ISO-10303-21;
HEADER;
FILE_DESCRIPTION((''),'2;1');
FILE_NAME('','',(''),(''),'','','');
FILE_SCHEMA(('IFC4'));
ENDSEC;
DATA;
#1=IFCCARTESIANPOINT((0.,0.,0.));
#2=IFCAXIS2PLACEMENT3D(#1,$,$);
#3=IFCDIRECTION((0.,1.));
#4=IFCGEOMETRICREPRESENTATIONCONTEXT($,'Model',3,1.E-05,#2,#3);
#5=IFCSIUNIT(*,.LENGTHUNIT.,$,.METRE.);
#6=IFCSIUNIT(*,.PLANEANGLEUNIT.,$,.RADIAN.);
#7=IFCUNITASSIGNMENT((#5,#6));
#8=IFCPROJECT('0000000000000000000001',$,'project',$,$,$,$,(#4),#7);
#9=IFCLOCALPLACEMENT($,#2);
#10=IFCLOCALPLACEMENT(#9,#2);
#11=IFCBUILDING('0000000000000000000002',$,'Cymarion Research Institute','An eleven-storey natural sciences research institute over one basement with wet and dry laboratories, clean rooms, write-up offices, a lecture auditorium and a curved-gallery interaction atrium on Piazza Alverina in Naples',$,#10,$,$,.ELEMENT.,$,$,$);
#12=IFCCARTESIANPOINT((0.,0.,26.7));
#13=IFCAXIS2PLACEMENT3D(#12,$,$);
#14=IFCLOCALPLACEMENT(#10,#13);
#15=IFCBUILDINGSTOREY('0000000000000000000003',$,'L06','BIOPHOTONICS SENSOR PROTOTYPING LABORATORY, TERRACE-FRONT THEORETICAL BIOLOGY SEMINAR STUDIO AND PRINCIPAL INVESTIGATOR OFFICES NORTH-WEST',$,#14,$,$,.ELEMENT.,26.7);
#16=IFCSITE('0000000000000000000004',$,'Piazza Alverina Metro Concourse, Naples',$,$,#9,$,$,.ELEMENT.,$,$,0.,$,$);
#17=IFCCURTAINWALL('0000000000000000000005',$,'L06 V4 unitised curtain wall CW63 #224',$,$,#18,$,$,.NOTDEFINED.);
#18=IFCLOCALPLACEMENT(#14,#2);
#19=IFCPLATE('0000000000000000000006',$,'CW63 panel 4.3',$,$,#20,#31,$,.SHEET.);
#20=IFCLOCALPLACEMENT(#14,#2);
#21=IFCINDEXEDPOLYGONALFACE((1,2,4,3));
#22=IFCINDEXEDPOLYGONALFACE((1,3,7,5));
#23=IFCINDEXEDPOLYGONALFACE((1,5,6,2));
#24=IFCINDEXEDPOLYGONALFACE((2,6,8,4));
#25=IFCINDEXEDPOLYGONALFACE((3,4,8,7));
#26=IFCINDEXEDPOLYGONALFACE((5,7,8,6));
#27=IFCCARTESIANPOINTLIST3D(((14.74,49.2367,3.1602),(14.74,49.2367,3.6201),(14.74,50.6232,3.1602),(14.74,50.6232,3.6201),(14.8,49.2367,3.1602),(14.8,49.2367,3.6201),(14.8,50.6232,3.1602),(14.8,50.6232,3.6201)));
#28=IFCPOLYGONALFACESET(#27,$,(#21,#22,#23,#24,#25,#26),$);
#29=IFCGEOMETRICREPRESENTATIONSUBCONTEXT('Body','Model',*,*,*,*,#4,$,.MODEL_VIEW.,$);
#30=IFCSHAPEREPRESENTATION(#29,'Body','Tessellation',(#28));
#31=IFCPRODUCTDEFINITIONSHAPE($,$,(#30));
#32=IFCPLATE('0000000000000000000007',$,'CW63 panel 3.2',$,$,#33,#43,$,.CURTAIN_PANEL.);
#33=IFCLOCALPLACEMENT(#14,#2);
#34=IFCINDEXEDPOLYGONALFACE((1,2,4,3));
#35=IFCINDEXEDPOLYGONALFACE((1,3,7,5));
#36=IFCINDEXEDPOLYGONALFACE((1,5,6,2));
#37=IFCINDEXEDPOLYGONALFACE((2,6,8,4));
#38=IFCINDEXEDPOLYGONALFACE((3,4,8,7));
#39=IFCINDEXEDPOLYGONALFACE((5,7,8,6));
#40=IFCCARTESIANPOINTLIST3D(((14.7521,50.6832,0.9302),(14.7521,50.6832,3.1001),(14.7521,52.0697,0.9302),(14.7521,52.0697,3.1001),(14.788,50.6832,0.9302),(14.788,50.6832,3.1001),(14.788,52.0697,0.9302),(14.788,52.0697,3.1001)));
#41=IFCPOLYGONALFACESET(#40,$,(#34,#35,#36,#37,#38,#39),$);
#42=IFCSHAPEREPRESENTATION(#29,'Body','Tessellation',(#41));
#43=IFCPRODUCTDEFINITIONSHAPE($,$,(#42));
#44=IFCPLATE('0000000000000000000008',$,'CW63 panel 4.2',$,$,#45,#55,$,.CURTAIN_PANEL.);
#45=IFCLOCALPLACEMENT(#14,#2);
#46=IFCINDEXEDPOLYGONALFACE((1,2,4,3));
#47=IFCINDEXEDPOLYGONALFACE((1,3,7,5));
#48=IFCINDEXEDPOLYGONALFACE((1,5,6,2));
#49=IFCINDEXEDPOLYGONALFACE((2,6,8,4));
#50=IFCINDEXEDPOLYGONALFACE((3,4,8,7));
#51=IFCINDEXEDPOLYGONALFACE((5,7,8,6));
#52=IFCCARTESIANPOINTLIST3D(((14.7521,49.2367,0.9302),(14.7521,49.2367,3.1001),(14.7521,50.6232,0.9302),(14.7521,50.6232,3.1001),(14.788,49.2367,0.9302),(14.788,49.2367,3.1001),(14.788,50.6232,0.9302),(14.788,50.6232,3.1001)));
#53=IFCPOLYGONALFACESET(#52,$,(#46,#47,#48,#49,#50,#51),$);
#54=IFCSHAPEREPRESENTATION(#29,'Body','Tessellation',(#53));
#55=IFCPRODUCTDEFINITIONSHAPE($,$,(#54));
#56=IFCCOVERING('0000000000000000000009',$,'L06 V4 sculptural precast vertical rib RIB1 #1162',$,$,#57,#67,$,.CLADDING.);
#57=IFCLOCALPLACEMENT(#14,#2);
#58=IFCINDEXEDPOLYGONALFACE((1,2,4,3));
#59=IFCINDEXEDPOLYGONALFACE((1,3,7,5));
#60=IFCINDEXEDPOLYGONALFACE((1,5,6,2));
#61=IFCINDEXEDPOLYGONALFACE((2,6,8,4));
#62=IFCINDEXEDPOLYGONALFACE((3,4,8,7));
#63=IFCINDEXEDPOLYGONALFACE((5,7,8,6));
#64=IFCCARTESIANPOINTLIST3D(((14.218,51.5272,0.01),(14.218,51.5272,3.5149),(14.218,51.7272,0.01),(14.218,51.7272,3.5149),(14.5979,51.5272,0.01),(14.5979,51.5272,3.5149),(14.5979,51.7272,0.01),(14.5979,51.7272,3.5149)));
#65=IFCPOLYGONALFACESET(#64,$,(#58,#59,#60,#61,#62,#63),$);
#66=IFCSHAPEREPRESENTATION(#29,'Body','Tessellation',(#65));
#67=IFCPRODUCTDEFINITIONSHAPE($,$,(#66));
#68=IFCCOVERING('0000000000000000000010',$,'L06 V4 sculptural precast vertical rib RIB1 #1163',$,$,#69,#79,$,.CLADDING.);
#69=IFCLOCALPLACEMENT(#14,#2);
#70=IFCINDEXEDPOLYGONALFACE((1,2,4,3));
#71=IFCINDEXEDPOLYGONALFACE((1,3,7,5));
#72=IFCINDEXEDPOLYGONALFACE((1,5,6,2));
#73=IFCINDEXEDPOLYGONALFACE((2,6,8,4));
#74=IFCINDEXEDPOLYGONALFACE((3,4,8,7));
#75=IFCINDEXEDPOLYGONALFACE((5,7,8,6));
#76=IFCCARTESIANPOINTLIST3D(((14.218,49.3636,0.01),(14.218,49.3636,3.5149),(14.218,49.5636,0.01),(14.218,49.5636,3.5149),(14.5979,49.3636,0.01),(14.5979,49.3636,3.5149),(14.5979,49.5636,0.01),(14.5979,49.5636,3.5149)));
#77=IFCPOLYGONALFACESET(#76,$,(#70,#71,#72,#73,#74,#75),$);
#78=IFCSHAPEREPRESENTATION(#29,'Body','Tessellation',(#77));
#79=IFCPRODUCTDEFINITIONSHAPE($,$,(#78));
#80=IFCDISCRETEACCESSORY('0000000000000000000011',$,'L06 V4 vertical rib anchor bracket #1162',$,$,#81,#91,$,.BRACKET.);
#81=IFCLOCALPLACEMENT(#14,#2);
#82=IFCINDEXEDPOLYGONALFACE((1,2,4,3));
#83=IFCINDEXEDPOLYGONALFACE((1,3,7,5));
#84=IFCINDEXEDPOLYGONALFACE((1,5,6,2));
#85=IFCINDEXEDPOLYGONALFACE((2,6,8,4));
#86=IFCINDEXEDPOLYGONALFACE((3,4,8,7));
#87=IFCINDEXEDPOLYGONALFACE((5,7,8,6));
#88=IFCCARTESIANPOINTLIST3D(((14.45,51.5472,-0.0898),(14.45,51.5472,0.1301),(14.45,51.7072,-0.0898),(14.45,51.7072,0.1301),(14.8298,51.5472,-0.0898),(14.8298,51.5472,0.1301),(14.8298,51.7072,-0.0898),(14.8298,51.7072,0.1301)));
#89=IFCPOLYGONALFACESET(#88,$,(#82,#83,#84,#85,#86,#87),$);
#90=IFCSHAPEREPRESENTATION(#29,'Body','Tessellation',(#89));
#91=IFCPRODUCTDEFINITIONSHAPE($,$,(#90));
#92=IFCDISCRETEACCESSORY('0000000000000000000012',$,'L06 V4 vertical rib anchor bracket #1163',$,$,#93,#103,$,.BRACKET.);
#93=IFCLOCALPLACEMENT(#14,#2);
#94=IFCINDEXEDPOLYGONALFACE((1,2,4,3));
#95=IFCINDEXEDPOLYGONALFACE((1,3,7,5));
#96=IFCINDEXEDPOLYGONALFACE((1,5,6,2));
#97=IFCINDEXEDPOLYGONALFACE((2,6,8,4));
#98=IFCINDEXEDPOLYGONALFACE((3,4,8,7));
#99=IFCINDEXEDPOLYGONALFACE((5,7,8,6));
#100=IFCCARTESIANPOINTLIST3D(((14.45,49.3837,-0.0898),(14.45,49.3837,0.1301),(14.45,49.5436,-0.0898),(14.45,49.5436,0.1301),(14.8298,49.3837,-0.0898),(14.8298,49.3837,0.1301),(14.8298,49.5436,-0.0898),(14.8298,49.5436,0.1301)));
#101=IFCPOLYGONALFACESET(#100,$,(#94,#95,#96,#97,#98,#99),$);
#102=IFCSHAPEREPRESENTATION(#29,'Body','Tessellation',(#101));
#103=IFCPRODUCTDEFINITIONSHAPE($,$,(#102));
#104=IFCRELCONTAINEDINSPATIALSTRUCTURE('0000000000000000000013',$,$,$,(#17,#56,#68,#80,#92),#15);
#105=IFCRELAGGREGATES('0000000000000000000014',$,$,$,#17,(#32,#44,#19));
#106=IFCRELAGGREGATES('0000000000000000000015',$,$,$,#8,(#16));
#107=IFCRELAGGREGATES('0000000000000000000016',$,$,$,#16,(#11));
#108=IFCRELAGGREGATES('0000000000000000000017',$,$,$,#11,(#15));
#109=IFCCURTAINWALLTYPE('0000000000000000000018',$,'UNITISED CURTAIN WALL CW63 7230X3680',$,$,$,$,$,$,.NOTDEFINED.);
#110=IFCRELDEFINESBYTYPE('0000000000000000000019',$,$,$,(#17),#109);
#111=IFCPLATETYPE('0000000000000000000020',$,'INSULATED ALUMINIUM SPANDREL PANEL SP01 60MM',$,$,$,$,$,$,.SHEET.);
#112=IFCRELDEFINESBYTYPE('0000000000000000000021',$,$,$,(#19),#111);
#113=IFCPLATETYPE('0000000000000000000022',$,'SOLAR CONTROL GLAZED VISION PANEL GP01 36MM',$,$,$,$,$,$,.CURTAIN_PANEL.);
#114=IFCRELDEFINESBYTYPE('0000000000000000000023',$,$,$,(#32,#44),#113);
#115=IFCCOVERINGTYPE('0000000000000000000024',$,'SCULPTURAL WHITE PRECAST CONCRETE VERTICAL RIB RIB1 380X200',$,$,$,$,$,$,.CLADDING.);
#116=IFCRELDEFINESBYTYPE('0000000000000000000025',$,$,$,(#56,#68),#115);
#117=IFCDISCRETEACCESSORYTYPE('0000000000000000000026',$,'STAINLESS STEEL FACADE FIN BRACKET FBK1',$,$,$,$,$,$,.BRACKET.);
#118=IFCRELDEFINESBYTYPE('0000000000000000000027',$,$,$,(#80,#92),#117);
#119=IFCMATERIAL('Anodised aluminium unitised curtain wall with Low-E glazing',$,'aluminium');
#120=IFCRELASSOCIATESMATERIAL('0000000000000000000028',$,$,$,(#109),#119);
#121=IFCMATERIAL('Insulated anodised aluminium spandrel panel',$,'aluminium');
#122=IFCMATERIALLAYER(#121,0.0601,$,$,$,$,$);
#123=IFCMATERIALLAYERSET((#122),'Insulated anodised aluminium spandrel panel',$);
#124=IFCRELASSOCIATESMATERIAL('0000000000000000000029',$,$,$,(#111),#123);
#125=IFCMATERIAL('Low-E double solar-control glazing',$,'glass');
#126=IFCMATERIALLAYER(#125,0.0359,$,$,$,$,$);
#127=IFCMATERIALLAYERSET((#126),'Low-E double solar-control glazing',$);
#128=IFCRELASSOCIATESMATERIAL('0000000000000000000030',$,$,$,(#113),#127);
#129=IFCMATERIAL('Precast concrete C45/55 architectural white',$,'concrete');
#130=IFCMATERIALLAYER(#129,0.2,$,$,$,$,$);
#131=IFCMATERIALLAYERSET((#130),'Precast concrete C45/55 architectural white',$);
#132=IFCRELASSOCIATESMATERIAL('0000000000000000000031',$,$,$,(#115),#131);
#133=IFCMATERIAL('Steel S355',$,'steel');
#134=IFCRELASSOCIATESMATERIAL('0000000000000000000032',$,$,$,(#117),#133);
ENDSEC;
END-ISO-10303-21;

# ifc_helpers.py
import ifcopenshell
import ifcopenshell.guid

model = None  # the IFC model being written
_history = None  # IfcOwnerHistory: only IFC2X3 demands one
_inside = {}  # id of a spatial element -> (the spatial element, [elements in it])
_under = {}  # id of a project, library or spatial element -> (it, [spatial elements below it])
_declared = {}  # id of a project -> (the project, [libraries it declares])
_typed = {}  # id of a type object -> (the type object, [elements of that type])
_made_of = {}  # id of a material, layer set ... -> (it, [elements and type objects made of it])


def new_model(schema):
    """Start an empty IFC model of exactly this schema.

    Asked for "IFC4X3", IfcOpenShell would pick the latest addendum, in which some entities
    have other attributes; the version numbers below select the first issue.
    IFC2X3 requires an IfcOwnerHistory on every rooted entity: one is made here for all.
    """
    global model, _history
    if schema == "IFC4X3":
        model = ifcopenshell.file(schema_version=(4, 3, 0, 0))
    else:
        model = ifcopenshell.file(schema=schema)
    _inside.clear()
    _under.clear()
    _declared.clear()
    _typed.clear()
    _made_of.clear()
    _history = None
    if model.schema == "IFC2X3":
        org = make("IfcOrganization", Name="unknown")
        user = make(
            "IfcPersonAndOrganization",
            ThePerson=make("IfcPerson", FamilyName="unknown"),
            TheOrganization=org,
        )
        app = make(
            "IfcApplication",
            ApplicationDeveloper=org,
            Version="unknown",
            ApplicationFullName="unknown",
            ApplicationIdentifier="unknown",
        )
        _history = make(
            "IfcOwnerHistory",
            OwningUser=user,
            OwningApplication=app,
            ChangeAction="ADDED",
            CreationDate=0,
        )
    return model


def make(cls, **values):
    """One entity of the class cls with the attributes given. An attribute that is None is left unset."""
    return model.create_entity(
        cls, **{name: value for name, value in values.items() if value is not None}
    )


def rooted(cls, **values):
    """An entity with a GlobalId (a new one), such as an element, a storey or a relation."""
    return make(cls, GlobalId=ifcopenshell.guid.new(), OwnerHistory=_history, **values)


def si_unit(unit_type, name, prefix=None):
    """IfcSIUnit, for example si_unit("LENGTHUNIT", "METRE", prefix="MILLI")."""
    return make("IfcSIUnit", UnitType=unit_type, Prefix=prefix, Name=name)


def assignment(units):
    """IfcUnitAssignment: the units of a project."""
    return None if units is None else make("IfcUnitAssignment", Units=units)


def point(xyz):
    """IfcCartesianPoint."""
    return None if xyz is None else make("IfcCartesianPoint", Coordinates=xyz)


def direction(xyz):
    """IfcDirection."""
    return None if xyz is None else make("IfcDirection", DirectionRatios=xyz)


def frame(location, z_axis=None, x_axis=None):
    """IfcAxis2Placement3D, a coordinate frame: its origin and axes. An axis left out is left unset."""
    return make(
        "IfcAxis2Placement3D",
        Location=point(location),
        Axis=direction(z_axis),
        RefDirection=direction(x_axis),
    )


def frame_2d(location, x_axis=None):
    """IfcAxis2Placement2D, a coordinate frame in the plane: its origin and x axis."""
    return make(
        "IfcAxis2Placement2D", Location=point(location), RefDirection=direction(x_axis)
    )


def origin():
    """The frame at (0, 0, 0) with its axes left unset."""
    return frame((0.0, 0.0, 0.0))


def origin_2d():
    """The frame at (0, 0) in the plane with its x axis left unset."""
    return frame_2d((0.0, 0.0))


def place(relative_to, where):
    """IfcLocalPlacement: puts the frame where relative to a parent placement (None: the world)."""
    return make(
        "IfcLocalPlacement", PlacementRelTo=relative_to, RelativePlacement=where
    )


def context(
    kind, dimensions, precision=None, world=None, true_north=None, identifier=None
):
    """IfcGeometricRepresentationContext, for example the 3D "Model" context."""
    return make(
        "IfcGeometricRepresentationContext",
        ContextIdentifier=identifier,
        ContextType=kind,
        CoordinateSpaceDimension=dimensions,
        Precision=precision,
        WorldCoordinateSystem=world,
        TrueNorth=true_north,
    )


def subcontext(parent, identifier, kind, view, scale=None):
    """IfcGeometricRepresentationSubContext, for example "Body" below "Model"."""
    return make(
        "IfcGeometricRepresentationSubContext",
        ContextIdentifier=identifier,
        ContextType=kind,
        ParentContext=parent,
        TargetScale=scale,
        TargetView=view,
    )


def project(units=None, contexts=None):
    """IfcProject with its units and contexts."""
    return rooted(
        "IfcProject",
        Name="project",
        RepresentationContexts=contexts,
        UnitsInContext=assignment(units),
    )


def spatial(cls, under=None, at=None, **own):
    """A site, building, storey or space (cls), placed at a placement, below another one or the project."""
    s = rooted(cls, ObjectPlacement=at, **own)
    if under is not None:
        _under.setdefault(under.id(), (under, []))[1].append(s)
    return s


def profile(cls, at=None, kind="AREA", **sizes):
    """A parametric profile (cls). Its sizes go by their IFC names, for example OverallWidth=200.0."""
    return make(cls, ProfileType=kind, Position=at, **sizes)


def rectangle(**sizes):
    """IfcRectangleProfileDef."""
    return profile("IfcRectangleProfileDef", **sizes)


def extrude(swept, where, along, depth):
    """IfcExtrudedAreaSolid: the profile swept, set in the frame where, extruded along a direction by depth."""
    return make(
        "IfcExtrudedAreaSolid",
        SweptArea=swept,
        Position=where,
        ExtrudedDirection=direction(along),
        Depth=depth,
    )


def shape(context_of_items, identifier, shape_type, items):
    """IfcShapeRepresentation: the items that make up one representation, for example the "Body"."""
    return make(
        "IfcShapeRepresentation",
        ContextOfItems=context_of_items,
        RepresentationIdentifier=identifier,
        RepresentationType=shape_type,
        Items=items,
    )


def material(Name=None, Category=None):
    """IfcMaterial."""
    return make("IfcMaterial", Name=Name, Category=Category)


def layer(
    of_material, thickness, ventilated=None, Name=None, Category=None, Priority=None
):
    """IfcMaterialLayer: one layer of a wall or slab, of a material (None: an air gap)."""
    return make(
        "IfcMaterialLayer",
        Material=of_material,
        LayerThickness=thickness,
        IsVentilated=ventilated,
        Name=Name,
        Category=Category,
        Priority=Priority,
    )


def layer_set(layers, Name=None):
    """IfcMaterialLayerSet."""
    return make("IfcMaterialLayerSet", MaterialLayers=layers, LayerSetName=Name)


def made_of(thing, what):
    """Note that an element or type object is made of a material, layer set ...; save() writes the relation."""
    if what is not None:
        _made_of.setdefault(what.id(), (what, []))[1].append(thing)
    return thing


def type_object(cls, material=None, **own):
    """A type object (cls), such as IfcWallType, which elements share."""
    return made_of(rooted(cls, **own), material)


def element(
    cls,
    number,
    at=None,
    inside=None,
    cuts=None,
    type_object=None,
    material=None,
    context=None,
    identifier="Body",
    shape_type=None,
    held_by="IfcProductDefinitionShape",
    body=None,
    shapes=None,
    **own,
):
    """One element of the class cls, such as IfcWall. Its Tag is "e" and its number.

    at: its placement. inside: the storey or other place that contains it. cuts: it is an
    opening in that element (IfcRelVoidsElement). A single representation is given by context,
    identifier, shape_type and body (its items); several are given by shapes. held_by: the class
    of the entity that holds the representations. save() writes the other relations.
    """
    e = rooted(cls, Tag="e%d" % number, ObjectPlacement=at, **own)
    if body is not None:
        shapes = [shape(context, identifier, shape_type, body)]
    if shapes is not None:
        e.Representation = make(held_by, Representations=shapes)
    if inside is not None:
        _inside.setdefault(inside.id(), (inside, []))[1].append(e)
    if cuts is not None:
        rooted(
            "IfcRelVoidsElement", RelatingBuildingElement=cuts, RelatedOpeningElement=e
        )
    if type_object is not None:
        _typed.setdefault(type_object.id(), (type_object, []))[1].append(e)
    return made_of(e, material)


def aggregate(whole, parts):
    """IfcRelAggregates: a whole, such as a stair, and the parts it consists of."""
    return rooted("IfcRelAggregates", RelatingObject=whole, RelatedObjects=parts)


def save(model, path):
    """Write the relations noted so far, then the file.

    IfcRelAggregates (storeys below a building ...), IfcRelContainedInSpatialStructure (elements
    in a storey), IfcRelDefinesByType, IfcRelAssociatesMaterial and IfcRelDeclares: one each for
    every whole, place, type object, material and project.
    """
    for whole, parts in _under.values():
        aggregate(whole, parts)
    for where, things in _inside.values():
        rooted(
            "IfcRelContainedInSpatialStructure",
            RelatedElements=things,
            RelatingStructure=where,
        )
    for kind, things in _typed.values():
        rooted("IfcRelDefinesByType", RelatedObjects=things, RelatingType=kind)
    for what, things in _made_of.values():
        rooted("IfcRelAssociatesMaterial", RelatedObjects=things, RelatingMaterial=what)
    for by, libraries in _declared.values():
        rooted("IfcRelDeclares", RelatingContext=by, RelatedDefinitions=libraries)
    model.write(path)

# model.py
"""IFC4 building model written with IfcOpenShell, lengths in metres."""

from ifc_helpers import new_model, si_unit, direction, frame, origin, origin_2d, place, context, subcontext, project, spatial, rectangle, extrude, material, layer, layer_set, type_object, element, aggregate, save


model = new_model("IFC4")

# Units and contexts
model_context = context("Model", 3, precision=1e-05, world=origin(), true_north=direction((0.0, 1.0)))
body_context = subcontext(model_context, "Body", "Model", "MODEL_VIEW")
ifc_project = project(units=[si_unit("LENGTHUNIT", "METRE"), si_unit("PLANEANGLEUNIT", "RADIAN")], contexts=[model_context])

# Site, building, storey
site_placement = place(None, origin())
site = spatial("IfcSite", under=ifc_project, at=site_placement, Name="Piazza Alverina Metro Concourse, Naples", CompositionType="ELEMENT", RefElevation=0.0)
building_placement = place(site_placement, origin())
building = spatial("IfcBuilding", under=site, at=building_placement, Name="Cymarion Research Institute", Description="An eleven-storey natural sciences research institute over one basement with wet and dry laboratories, clean rooms, write-up offices, a lecture auditorium and a curved-gallery interaction atrium on Piazza Alverina in Naples", CompositionType="ELEMENT")
storey_placement = place(building_placement, frame((0.0, 0.0, 26.7)))
storey = spatial("IfcBuildingStorey", under=building, at=storey_placement, Name="L06", Description="BIOPHOTONICS SENSOR PROTOTYPING LABORATORY, TERRACE-FRONT THEORETICAL BIOLOGY SEMINAR STUDIO AND PRINCIPAL INVESTIGATOR OFFICES NORTH-WEST", CompositionType="ELEMENT", Elevation=26.7)

# Curtain wall, plates
ifc_material_1 = material(Name="Anodised aluminium unitised curtain wall with Low-E glazing", Category="aluminium")
curtain_wall_type = type_object("IfcCurtainWallType", Name="UNITISED CURTAIN WALL CW63 7230X3680", PredefinedType="NOTDEFINED", material=ifc_material_1)
curtain_wall_placement = place(storey_placement, origin())
curtain_wall = element("IfcCurtainWall", 1, at=curtain_wall_placement, inside=storey, type_object=curtain_wall_type, Name="L06 V4 unitised curtain wall CW63 #224", PredefinedType="NOTDEFINED")
ifc_material_2 = material(Name="Insulated anodised aluminium spandrel panel", Category="aluminium")
ifc_layer_1 = layer(ifc_material_2, 0.0601)
ifc_layer_set_1 = layer_set([ifc_layer_1], Name="Insulated anodised aluminium spandrel panel")
plate_type_1 = type_object("IfcPlateType", Name="INSULATED ALUMINIUM SPANDREL PANEL SP01 60MM", PredefinedType="SHEET", material=ifc_layer_set_1)
plate_1_placement = place(storey_placement, frame((14.77, 49.9299, 3.1602), z_axis=(0.0, 0.0, 1.0), x_axis=(0.0, -1.0, 0.0)))
plate_1 = element("IfcPlate", 2, at=plate_1_placement, type_object=plate_type_1, Name="CW63 panel 4.3", PredefinedType="SHEET", context=body_context, shape_type="SweptSolid", body=[
    extrude(rectangle(XDim=1.3865, YDim=0.0601, at=origin_2d()), origin(), (0.0, 0.0, 1.0), 0.46),
])
ifc_material_3 = material(Name="Low-E double solar-control glazing", Category="glass")
ifc_layer_2 = layer(ifc_material_3, 0.0359)
ifc_layer_set_2 = layer_set([ifc_layer_2], Name="Low-E double solar-control glazing")
plate_type_2 = type_object("IfcPlateType", Name="SOLAR CONTROL GLAZED VISION PANEL GP01 36MM", PredefinedType="CURTAIN_PANEL", material=ifc_layer_set_2)
plate_2_placement = place(storey_placement, frame((14.77, 51.3765, 0.9302), z_axis=(0.0, 0.0, 1.0), x_axis=(0.0, -1.0, 0.0)))
plate_2 = element("IfcPlate", 3, at=plate_2_placement, type_object=plate_type_2, Name="CW63 panel 3.2", PredefinedType="CURTAIN_PANEL", context=body_context, shape_type="SweptSolid", body=[
    extrude(rectangle(XDim=1.3865, YDim=0.0359, at=origin_2d()), origin(), (0.0, 0.0, 1.0), 2.1699),
])
plate_3_placement = place(storey_placement, frame((14.77, 49.9299, 0.9302), z_axis=(0.0, 0.0, 1.0), x_axis=(0.0, -1.0, 0.0)))
plate_3 = element("IfcPlate", 4, at=plate_3_placement, type_object=plate_type_2, Name="CW63 panel 4.2", PredefinedType="CURTAIN_PANEL", context=body_context, shape_type="SweptSolid", body=[
    extrude(rectangle(XDim=1.3865, YDim=0.0359, at=origin_2d()), origin(), (0.0, 0.0, 1.0), 2.1699),
])
aggregate(curtain_wall, [plate_2, plate_3, plate_1])

# Coverings
ifc_material_4 = material(Name="Precast concrete C45/55 architectural white", Category="concrete")
ifc_layer_3 = layer(ifc_material_4, 0.2)
ifc_layer_set_3 = layer_set([ifc_layer_3], Name="Precast concrete C45/55 architectural white")
covering_type = type_object("IfcCoveringType", Name="SCULPTURAL WHITE PRECAST CONCRETE VERTICAL RIB RIB1 380X200", PredefinedType="CLADDING", material=ifc_layer_set_3)
for number, where, z_axis, x_axis, name in (
    (5, (14.408, 51.6272, 0.01), (0.0, 0.0, 1.0), (-1.0, 0.0, 0.0), "L06 V4 sculptural precast vertical rib RIB1 #1162"),
    (6, (14.408, 49.4636, 0.01), (0.0, 0.0, 1.0), (-1.0, 0.0, 0.0), "L06 V4 sculptural precast vertical rib RIB1 #1163"),
):
    element("IfcCovering", number, at=place(storey_placement, frame(where, z_axis=z_axis, x_axis=x_axis)), inside=storey, type_object=covering_type, Name=name, PredefinedType="CLADDING", context=body_context, shape_type="SweptSolid", body=[
        extrude(rectangle(XDim=0.3799, YDim=0.2, at=origin_2d()), origin(), (0.0, 0.0, 1.0), 3.5049),
    ])

# Discrete accessories
ifc_material_5 = material(Name="Steel S355", Category="steel")
discrete_accessory_type = type_object("IfcDiscreteAccessoryType", Name="STAINLESS STEEL FACADE FIN BRACKET FBK1", PredefinedType="BRACKET", material=ifc_material_5)
for number, where, z_axis, x_axis, name in (
    (7, (14.6399, 51.6272, -0.0898), (0.0, 0.0, 1.0), (-1.0, 0.0, 0.0), "L06 V4 vertical rib anchor bracket #1162"),
    (8, (14.6399, 49.4636, -0.0898), (0.0, 0.0, 1.0), (-1.0, 0.0, 0.0), "L06 V4 vertical rib anchor bracket #1163"),
):
    element("IfcDiscreteAccessory", number, at=place(storey_placement, frame(where, z_axis=z_axis, x_axis=x_axis)), inside=storey, type_object=discrete_accessory_type, Name=name, PredefinedType="BRACKET", context=body_context, shape_type="SweptSolid", body=[
        extrude(rectangle(XDim=0.3799, YDim=0.1599, at=origin_2d()), origin(), (0.0, 0.0, 1.0), 0.22),
    ])

save(model, "model.ifc")
